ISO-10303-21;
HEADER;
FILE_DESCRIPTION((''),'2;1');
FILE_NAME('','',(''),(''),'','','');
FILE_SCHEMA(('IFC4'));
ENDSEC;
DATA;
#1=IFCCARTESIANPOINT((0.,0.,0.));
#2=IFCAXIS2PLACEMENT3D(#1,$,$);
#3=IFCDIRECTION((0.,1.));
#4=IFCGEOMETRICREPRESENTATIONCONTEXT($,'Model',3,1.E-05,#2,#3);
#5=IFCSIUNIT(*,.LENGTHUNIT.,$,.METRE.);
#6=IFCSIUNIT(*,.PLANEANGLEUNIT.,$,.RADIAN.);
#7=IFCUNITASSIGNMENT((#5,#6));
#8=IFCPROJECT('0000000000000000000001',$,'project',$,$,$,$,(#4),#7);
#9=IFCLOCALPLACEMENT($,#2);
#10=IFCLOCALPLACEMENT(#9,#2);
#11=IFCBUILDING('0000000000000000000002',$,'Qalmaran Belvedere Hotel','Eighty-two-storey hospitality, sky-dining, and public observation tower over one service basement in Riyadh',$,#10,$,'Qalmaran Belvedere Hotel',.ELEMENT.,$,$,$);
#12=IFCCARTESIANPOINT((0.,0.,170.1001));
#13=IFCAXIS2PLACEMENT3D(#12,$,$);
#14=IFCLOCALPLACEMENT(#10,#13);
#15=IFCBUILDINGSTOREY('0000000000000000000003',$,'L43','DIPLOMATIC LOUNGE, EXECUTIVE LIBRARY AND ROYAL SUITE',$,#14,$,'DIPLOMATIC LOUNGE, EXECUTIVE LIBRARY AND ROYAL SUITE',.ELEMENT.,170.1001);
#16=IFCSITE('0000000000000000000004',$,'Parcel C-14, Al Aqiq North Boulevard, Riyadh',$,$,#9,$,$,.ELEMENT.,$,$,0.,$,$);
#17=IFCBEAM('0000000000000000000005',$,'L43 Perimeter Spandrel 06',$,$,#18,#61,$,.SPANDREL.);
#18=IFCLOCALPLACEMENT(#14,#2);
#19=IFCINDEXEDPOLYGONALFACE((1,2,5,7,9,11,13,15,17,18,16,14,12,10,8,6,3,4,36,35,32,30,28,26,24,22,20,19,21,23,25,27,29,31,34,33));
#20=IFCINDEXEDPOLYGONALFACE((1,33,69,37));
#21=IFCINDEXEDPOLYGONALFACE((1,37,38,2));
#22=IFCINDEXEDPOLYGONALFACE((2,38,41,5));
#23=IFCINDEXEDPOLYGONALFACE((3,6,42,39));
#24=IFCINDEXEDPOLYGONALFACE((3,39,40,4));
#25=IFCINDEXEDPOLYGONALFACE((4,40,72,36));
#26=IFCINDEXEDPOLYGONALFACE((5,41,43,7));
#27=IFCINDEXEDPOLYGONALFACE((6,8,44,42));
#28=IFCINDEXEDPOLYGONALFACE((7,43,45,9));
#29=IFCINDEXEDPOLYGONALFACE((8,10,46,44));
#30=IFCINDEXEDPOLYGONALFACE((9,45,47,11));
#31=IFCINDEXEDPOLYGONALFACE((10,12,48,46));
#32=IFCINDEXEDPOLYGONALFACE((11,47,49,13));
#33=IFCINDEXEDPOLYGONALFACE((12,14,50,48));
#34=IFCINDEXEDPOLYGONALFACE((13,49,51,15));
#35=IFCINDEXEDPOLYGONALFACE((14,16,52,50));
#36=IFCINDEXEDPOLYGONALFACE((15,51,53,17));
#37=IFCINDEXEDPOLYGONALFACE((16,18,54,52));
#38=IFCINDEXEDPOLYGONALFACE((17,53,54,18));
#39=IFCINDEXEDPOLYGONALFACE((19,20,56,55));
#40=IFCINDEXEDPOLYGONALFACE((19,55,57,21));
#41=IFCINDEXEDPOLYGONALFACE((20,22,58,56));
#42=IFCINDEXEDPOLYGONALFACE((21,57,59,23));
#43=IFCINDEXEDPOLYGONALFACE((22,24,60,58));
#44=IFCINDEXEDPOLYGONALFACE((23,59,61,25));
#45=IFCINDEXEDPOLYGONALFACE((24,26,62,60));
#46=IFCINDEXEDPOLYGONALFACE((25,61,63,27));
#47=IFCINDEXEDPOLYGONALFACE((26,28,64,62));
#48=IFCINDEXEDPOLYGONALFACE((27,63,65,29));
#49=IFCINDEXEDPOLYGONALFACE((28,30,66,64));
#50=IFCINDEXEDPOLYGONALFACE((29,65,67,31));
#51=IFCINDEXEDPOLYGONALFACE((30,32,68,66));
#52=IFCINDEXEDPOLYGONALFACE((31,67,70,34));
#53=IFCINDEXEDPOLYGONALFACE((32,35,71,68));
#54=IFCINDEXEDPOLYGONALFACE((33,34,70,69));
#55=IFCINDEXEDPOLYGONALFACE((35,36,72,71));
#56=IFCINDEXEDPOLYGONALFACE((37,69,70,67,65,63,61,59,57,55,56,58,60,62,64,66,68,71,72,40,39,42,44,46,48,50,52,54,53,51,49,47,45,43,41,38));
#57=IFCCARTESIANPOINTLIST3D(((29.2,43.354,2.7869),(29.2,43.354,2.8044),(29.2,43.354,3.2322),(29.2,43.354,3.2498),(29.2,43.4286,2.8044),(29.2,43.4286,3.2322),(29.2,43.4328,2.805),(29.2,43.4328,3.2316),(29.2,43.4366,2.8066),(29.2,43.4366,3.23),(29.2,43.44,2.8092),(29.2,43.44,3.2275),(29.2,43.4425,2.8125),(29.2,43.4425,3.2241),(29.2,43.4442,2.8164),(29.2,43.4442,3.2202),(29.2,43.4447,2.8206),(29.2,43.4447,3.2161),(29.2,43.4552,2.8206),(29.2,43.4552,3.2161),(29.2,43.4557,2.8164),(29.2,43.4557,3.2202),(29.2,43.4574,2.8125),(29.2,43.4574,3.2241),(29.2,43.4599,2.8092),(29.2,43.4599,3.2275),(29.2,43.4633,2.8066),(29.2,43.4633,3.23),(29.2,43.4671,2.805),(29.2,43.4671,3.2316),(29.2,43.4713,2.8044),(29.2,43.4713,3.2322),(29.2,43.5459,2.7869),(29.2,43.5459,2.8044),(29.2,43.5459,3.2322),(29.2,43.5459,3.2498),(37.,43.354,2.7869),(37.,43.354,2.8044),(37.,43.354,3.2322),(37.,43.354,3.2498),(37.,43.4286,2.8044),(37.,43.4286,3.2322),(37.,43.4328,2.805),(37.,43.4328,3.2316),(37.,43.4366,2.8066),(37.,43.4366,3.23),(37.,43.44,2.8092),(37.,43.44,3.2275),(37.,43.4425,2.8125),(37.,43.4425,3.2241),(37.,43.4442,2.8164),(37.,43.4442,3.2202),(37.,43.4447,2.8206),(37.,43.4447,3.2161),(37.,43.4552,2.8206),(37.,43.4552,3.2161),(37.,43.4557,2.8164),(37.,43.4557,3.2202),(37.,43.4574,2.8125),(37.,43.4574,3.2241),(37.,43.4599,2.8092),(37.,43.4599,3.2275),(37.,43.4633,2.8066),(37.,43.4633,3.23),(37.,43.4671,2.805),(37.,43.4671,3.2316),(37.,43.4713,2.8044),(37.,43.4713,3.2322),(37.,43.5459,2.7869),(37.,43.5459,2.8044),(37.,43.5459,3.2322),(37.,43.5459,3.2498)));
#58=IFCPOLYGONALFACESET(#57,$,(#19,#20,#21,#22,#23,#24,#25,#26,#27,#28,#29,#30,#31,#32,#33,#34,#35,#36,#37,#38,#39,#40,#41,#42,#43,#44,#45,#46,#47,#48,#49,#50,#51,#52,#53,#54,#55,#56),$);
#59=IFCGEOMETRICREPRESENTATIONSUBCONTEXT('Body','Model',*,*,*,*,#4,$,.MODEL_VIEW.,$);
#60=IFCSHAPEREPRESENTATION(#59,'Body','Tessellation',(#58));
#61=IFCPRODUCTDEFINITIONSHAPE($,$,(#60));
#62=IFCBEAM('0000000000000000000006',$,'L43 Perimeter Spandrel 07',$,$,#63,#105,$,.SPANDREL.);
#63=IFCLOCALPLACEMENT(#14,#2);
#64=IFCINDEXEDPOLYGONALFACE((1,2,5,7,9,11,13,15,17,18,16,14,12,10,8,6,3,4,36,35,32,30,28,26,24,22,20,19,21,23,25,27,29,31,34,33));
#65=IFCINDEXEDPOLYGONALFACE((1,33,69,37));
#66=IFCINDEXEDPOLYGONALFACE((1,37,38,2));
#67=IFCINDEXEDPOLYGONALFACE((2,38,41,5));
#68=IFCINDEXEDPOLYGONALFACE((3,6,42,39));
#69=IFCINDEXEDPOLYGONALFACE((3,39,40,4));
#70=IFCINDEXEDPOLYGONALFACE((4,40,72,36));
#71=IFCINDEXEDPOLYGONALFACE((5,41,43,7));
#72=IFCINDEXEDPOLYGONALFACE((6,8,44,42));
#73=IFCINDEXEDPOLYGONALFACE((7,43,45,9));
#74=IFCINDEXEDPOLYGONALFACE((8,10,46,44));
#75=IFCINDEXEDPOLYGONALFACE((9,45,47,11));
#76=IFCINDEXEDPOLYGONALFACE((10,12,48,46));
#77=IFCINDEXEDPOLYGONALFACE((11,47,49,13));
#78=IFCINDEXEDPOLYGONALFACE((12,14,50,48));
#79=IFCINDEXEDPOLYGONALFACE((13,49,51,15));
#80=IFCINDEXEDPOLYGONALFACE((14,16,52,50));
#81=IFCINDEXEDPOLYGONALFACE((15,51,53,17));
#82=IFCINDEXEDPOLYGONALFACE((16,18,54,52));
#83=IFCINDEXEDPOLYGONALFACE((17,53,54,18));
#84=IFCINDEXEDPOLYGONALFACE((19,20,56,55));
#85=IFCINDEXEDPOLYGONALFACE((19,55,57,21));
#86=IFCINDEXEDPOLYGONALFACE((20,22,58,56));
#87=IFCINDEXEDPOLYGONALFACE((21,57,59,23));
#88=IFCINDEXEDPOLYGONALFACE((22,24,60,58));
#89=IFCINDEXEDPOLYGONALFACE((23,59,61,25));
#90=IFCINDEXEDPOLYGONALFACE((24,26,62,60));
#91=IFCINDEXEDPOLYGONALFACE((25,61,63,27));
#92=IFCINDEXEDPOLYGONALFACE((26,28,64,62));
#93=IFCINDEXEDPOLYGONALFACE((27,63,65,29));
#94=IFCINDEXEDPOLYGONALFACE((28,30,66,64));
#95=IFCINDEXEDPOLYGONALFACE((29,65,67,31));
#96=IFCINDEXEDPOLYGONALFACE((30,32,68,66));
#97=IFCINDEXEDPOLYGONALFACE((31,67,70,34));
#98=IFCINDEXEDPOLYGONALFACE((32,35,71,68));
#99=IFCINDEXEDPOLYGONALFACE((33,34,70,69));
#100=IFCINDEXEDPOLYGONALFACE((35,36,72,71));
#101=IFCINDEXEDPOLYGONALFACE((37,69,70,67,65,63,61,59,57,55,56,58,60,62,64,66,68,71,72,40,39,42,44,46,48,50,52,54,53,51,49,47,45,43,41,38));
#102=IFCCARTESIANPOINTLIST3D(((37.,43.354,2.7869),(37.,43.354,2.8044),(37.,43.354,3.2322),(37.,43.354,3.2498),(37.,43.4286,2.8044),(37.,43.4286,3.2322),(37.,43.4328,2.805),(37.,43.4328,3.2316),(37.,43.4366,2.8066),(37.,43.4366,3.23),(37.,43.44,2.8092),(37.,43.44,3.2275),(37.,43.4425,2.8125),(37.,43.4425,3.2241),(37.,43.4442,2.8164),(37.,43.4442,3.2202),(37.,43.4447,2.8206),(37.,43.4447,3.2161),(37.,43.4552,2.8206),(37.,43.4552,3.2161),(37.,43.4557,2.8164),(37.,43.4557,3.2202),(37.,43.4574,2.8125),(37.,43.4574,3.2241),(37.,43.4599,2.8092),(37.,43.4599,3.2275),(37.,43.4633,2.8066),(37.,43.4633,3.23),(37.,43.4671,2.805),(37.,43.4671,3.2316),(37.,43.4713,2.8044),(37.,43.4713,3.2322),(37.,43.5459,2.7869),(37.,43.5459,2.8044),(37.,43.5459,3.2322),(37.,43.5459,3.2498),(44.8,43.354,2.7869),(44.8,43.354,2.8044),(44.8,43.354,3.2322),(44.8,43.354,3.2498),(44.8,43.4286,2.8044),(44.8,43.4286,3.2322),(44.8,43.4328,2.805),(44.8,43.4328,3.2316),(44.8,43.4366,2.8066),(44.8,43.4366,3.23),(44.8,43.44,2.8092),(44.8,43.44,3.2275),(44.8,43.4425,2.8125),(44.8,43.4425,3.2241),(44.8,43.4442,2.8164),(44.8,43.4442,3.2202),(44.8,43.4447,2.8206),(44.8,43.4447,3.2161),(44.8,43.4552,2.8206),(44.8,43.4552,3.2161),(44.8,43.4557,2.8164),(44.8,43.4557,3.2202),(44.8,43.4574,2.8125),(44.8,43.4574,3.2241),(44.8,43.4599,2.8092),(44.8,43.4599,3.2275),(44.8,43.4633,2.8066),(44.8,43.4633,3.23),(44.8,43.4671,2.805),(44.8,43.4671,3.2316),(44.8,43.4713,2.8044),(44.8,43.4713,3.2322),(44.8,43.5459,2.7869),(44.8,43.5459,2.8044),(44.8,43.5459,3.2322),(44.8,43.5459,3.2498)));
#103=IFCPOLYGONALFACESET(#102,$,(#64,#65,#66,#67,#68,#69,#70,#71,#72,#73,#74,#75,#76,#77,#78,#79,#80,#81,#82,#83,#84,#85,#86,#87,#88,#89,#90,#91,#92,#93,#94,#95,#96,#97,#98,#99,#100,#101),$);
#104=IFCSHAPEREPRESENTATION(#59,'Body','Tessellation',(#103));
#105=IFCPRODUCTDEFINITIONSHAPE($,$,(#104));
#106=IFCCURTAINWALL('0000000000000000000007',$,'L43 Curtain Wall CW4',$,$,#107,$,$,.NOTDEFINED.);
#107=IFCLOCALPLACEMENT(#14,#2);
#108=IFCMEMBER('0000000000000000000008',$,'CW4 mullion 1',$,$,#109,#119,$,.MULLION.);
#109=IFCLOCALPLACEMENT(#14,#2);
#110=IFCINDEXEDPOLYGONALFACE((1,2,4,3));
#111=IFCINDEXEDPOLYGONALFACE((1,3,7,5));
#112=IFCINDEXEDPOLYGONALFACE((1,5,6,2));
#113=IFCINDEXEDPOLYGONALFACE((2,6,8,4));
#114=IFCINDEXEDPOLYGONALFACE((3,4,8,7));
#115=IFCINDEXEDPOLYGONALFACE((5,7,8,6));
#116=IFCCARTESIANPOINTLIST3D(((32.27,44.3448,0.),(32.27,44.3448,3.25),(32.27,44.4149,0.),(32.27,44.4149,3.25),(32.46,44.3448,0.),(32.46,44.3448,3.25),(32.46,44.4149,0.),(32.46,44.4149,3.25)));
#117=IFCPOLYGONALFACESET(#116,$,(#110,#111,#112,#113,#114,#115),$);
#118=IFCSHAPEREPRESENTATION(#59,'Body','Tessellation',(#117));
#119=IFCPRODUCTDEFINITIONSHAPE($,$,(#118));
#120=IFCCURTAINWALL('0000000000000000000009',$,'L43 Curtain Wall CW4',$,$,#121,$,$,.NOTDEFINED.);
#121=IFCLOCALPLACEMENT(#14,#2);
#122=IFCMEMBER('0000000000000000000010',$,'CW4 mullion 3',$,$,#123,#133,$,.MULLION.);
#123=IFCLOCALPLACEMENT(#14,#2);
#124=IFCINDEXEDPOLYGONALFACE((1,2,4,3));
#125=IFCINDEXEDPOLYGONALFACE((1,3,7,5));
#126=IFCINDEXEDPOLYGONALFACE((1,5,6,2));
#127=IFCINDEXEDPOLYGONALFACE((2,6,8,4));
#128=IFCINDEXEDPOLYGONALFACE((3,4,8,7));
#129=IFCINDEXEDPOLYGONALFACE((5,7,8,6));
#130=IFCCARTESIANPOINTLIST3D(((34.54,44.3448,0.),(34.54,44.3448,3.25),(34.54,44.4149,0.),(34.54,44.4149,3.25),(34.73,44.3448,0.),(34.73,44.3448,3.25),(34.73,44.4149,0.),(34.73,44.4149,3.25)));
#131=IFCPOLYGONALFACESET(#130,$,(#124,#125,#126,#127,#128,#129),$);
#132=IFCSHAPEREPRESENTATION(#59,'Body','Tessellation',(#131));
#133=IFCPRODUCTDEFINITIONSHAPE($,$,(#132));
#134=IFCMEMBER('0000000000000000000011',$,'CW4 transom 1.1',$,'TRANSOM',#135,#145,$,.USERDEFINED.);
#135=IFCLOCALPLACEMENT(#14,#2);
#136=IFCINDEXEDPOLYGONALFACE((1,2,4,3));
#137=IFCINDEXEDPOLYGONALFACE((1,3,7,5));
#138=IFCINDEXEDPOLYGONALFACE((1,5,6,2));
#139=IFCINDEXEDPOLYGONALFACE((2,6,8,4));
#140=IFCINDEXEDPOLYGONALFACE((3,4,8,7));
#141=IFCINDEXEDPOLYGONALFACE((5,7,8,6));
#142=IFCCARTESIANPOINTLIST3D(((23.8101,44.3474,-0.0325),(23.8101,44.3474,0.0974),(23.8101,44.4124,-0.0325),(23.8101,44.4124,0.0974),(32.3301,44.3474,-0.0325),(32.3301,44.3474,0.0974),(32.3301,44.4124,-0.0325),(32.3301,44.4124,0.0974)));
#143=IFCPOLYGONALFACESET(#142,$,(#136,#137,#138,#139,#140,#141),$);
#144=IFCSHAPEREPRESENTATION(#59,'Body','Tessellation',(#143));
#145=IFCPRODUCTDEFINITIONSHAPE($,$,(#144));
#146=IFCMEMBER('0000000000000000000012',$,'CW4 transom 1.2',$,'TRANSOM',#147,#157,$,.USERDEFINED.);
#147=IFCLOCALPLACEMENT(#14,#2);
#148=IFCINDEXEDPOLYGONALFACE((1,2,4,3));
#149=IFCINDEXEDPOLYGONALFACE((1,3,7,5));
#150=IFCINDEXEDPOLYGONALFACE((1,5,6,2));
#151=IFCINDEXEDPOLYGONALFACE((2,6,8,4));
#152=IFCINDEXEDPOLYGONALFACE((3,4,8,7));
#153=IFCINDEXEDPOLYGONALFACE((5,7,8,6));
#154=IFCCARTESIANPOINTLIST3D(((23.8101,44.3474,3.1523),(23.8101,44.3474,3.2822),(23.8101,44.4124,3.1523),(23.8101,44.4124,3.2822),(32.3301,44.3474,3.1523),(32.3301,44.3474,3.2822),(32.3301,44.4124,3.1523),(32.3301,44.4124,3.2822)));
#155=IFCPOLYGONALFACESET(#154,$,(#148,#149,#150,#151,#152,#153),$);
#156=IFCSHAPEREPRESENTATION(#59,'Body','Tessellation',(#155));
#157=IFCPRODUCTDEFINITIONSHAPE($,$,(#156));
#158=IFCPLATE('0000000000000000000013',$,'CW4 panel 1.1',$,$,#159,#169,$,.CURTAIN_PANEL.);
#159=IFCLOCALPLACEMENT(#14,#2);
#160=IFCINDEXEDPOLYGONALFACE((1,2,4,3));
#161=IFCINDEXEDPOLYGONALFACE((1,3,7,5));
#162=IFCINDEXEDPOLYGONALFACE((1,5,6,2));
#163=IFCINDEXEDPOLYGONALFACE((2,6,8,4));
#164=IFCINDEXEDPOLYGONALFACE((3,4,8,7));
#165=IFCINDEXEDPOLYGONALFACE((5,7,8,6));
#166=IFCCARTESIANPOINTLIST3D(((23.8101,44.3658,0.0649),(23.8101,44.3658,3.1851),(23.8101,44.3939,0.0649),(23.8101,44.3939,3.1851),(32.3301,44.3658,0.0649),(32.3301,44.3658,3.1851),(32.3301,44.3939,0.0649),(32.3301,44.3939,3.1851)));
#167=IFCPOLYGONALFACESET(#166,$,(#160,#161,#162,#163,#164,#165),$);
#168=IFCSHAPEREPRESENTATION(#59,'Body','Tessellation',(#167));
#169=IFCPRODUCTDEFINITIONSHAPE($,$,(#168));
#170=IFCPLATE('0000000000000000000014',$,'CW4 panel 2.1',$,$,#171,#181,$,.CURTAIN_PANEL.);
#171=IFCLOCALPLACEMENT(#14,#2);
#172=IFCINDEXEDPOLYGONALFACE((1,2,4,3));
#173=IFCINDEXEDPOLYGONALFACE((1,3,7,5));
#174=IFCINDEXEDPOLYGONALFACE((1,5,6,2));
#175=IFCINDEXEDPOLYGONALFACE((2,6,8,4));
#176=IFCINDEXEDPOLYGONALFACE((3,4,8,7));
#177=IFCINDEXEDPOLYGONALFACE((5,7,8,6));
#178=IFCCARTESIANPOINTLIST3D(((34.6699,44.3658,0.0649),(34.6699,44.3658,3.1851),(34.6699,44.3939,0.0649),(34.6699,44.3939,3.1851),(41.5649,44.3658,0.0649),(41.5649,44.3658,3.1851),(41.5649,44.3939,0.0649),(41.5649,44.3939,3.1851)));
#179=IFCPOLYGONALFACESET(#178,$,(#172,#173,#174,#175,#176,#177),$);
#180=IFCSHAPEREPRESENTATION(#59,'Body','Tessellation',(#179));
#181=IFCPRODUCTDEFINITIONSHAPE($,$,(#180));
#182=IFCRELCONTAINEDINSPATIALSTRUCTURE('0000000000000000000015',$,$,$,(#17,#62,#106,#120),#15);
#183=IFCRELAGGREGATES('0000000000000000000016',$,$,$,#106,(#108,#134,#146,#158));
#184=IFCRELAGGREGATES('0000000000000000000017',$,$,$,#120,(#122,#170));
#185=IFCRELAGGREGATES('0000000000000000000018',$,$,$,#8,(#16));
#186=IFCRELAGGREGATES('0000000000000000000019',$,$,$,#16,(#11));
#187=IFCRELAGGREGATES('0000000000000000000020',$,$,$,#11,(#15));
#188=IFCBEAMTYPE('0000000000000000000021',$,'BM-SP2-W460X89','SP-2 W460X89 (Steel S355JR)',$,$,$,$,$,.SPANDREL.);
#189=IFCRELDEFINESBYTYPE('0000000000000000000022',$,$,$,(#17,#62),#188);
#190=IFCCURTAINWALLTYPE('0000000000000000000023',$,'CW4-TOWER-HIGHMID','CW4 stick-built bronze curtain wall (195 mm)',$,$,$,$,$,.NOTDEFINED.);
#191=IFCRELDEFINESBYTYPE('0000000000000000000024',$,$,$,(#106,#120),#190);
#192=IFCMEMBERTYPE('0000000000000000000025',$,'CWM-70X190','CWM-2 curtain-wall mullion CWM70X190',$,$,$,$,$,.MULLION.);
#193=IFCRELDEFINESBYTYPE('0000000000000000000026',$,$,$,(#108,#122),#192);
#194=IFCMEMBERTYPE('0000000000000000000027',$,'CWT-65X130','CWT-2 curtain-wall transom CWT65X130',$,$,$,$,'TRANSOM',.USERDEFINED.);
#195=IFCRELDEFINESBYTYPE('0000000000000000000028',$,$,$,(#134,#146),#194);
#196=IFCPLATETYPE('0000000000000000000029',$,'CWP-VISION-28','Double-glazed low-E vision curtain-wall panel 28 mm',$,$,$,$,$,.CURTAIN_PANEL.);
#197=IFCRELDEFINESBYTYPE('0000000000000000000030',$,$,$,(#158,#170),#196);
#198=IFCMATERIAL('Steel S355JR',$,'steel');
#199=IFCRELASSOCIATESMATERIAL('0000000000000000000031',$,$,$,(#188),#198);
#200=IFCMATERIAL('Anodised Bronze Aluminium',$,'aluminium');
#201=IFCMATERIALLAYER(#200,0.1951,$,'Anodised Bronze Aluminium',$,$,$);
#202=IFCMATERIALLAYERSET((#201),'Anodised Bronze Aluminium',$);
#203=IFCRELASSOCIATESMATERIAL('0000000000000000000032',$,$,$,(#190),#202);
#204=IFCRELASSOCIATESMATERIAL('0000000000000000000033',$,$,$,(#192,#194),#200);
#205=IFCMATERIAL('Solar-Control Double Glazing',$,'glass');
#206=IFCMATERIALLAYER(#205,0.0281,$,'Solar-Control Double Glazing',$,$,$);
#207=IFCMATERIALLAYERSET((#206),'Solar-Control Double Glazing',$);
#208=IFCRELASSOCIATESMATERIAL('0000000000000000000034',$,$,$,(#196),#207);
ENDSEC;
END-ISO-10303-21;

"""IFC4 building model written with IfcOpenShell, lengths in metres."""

from ifc_helpers import new_model, si_unit, direction, frame, origin, origin_2d, place, context, subcontext, project, spatial, rectangle, i_section, extrude, material, layer, layer_set, material_profile, profile_set, type_object, element, aggregate, save


model = new_model("IFC4")

# Units and contexts
model_context = context("Model", 3, precision=1e-05, world=origin(), true_north=direction((0.0, 1.0)))
body_context = subcontext(model_context, "Body", "Model", "MODEL_VIEW")
ifc_project = project(units=[si_unit("LENGTHUNIT", "METRE"), si_unit("PLANEANGLEUNIT", "RADIAN")], contexts=[model_context])

# Site, building, storey
site_placement = place(None, origin())
site = spatial("IfcSite", under=ifc_project, at=site_placement, Name="Parcel C-14, Al Aqiq North Boulevard, Riyadh", CompositionType="ELEMENT", RefElevation=0.0)
building_placement = place(site_placement, origin())
building = spatial("IfcBuilding", under=site, at=building_placement, Name="Qalmaran Belvedere Hotel", Description="Eighty-two-storey hospitality, sky-dining, and public observation tower over one service basement in Riyadh", LongName="Qalmaran Belvedere Hotel", CompositionType="ELEMENT")
storey_placement = place(building_placement, frame((0.0, 0.0, 170.1001)))
storey = spatial("IfcBuildingStorey", under=building, at=storey_placement, Name="L43", Description="DIPLOMATIC LOUNGE, EXECUTIVE LIBRARY AND ROYAL SUITE", LongName="DIPLOMATIC LOUNGE, EXECUTIVE LIBRARY AND ROYAL SUITE", CompositionType="ELEMENT", Elevation=170.1001)

# Beams
ifc_material_1 = material(Name="Steel S355JR", Category="steel")
ifc_material_profile_1 = material_profile(ifc_material_1, i_section(OverallWidth=0.1919, OverallDepth=0.4629, WebThickness=0.0105, FlangeThickness=0.0176, FilletRadius=0.0161, at=origin_2d()), Name="W460X89")
ifc_profile_set_1 = profile_set([ifc_material_profile_1], Name="Steel S355JR")
beam_type_1 = type_object("IfcBeamType", Name="BM-SP2-W460X89", Description="SP-2 W460X89 (Steel S355JR)", PredefinedType="SPANDREL", material=ifc_profile_set_1)
for number, where, z_axis, x_axis, name in (
    (1, (29.2, 43.45, 3.0183), (1.0, 0.0, 0.0), (0.0, 1.0, 0.0), "L43 Perimeter Spandrel 06"),
    (2, (37.0, 43.45, 3.0183), (1.0, 0.0, 0.0), (0.0, 1.0, 0.0), "L43 Perimeter Spandrel 07"),
):
    element("IfcBeam", number, at=place(storey_placement, frame(where, z_axis=z_axis, x_axis=x_axis)), inside=storey, type_object=beam_type_1, Name=name, PredefinedType="SPANDREL", context=body_context, shape_type="SweptSolid", body=[
        extrude(i_section(OverallWidth=0.1919, OverallDepth=0.4629, WebThickness=0.0105, FlangeThickness=0.0176, FilletRadius=0.0161, at=origin_2d()), origin(), (0.0, 0.0, 1.0), 7.8),
    ])

# Curtain walls, members
ifc_material_2 = material(Name="Anodised Bronze Aluminium", Category="aluminium")
ifc_layer_1 = layer(ifc_material_2, 0.1951, Name="Anodised Bronze Aluminium")
ifc_layer_set_1 = layer_set([ifc_layer_1], Name="Anodised Bronze Aluminium")
curtain_wall_type = type_object("IfcCurtainWallType", Name="CW4-TOWER-HIGHMID", Description="CW4 stick-built bronze curtain wall (195 mm)", PredefinedType="NOTDEFINED", material=ifc_layer_set_1)
curtain_wall_1_placement = place(storey_placement, origin())
curtain_wall_1 = element("IfcCurtainWall", 3, at=curtain_wall_1_placement, inside=storey, type_object=curtain_wall_type, Name="L43 Curtain Wall CW4", PredefinedType="NOTDEFINED")
ifc_material_profile_2 = material_profile(ifc_material_2, rectangle(XDim=0.0701, YDim=0.1899, at=origin_2d()), Name="CWM70X190")
ifc_profile_set_2 = profile_set([ifc_material_profile_2], Name="Anodised Bronze Aluminium")
member_type_1 = type_object("IfcMemberType", Name="CWM-70X190", Description="CWM-2 curtain-wall mullion CWM70X190", PredefinedType="MULLION", material=ifc_profile_set_2)
member_1_placement = place(storey_placement, frame((32.365, 44.3799, 0.0), z_axis=(0.0, 0.0, 1.0), x_axis=(0.0, -1.0, 0.0)))
member_1 = element("IfcMember", 4, at=member_1_placement, type_object=member_type_1, Name="CW4 mullion 1", PredefinedType="MULLION", context=body_context, shape_type="SweptSolid", body=[
    extrude(rectangle(XDim=0.0701, YDim=0.1899, at=origin_2d()), origin(), (0.0, 0.0, 1.0), 3.25),
])
curtain_wall_2_placement = place(storey_placement, origin())
curtain_wall_2 = element("IfcCurtainWall", 5, at=curtain_wall_2_placement, inside=storey, type_object=curtain_wall_type, Name="L43 Curtain Wall CW4", PredefinedType="NOTDEFINED")
member_2_placement = place(storey_placement, frame((34.635, 44.3799, 0.0), z_axis=(0.0, 0.0, 1.0), x_axis=(0.0, -1.0, 0.0)))
member_2 = element("IfcMember", 6, at=member_2_placement, type_object=member_type_1, Name="CW4 mullion 3", PredefinedType="MULLION", context=body_context, shape_type="SweptSolid", body=[
    extrude(rectangle(XDim=0.0701, YDim=0.1899, at=origin_2d()), origin(), (0.0, 0.0, 1.0), 3.25),
])

# Members
ifc_material_profile_3 = material_profile(ifc_material_2, rectangle(XDim=0.0649, YDim=0.1299, at=origin_2d()), Name="CWT65X130")
ifc_profile_set_3 = profile_set([ifc_material_profile_3], Name="Anodised Bronze Aluminium")
member_type_2 = type_object("IfcMemberType", Name="CWT-65X130", Description="CWT-2 curtain-wall transom CWT65X130", ElementType="TRANSOM", PredefinedType="USERDEFINED", material=ifc_profile_set_3)
member_3_placement = place(storey_placement, frame((32.3301, 44.3799, 0.0325), z_axis=(-1.0, 0.0, 0.0), x_axis=(0.0, -1.0, 0.0)))
member_3 = element("IfcMember", 7, at=member_3_placement, type_object=member_type_2, Name="CW4 transom 1.1", ObjectType="TRANSOM", PredefinedType="USERDEFINED", context=body_context, shape_type="SweptSolid", body=[
    extrude(rectangle(XDim=0.0649, YDim=0.1299, at=origin_2d()), origin(), (0.0, 0.0, 1.0), 8.52),
])
member_4_placement = place(storey_placement, frame((32.3301, 44.3799, 3.2173), z_axis=(-1.0, 0.0, 0.0), x_axis=(0.0, -1.0, 0.0)))
member_4 = element("IfcMember", 8, at=member_4_placement, type_object=member_type_2, Name="CW4 transom 1.2", ObjectType="TRANSOM", PredefinedType="USERDEFINED", context=body_context, shape_type="SweptSolid", body=[
    extrude(rectangle(XDim=0.0649, YDim=0.1299, at=origin_2d()), origin(), (0.0, 0.0, 1.0), 8.52),
])

# Plates
ifc_material_3 = material(Name="Solar-Control Double Glazing", Category="glass")
ifc_layer_2 = layer(ifc_material_3, 0.0281, Name="Solar-Control Double Glazing")
ifc_layer_set_2 = layer_set([ifc_layer_2], Name="Solar-Control Double Glazing")
plate_type = type_object("IfcPlateType", Name="CWP-VISION-28", Description="Double-glazed low-E vision curtain-wall panel 28 mm", PredefinedType="CURTAIN_PANEL", material=ifc_layer_set_2)
plate_1_placement = place(storey_placement, frame((28.0701, 44.3799, 0.0649), z_axis=(0.0, 0.0, 1.0), x_axis=(-1.0, 0.0, 0.0)))
plate_1 = element("IfcPlate", 9, at=plate_1_placement, type_object=plate_type, Name="CW4 panel 1.1", PredefinedType="CURTAIN_PANEL", context=body_context, shape_type="SweptSolid", body=[
    extrude(rectangle(XDim=8.52, YDim=0.0281, at=origin_2d()), origin(), (0.0, 0.0, 1.0), 3.1201),
])
aggregate(curtain_wall_1, [member_1, member_3, member_4, plate_1])
plate_2_placement = place(storey_placement, frame((38.1174, 44.3799, 0.0649), z_axis=(0.0, 0.0, 1.0), x_axis=(-1.0, 0.0, 0.0)))
plate_2 = element("IfcPlate", 10, at=plate_2_placement, type_object=plate_type, Name="CW4 panel 2.1", PredefinedType="CURTAIN_PANEL", context=body_context, shape_type="SweptSolid", body=[
    extrude(rectangle(XDim=6.895, YDim=0.0281, at=origin_2d()), origin(), (0.0, 0.0, 1.0), 3.1201),
])
aggregate(curtain_wall_2, [member_2, plate_2])

save(model, "model.ifc")
